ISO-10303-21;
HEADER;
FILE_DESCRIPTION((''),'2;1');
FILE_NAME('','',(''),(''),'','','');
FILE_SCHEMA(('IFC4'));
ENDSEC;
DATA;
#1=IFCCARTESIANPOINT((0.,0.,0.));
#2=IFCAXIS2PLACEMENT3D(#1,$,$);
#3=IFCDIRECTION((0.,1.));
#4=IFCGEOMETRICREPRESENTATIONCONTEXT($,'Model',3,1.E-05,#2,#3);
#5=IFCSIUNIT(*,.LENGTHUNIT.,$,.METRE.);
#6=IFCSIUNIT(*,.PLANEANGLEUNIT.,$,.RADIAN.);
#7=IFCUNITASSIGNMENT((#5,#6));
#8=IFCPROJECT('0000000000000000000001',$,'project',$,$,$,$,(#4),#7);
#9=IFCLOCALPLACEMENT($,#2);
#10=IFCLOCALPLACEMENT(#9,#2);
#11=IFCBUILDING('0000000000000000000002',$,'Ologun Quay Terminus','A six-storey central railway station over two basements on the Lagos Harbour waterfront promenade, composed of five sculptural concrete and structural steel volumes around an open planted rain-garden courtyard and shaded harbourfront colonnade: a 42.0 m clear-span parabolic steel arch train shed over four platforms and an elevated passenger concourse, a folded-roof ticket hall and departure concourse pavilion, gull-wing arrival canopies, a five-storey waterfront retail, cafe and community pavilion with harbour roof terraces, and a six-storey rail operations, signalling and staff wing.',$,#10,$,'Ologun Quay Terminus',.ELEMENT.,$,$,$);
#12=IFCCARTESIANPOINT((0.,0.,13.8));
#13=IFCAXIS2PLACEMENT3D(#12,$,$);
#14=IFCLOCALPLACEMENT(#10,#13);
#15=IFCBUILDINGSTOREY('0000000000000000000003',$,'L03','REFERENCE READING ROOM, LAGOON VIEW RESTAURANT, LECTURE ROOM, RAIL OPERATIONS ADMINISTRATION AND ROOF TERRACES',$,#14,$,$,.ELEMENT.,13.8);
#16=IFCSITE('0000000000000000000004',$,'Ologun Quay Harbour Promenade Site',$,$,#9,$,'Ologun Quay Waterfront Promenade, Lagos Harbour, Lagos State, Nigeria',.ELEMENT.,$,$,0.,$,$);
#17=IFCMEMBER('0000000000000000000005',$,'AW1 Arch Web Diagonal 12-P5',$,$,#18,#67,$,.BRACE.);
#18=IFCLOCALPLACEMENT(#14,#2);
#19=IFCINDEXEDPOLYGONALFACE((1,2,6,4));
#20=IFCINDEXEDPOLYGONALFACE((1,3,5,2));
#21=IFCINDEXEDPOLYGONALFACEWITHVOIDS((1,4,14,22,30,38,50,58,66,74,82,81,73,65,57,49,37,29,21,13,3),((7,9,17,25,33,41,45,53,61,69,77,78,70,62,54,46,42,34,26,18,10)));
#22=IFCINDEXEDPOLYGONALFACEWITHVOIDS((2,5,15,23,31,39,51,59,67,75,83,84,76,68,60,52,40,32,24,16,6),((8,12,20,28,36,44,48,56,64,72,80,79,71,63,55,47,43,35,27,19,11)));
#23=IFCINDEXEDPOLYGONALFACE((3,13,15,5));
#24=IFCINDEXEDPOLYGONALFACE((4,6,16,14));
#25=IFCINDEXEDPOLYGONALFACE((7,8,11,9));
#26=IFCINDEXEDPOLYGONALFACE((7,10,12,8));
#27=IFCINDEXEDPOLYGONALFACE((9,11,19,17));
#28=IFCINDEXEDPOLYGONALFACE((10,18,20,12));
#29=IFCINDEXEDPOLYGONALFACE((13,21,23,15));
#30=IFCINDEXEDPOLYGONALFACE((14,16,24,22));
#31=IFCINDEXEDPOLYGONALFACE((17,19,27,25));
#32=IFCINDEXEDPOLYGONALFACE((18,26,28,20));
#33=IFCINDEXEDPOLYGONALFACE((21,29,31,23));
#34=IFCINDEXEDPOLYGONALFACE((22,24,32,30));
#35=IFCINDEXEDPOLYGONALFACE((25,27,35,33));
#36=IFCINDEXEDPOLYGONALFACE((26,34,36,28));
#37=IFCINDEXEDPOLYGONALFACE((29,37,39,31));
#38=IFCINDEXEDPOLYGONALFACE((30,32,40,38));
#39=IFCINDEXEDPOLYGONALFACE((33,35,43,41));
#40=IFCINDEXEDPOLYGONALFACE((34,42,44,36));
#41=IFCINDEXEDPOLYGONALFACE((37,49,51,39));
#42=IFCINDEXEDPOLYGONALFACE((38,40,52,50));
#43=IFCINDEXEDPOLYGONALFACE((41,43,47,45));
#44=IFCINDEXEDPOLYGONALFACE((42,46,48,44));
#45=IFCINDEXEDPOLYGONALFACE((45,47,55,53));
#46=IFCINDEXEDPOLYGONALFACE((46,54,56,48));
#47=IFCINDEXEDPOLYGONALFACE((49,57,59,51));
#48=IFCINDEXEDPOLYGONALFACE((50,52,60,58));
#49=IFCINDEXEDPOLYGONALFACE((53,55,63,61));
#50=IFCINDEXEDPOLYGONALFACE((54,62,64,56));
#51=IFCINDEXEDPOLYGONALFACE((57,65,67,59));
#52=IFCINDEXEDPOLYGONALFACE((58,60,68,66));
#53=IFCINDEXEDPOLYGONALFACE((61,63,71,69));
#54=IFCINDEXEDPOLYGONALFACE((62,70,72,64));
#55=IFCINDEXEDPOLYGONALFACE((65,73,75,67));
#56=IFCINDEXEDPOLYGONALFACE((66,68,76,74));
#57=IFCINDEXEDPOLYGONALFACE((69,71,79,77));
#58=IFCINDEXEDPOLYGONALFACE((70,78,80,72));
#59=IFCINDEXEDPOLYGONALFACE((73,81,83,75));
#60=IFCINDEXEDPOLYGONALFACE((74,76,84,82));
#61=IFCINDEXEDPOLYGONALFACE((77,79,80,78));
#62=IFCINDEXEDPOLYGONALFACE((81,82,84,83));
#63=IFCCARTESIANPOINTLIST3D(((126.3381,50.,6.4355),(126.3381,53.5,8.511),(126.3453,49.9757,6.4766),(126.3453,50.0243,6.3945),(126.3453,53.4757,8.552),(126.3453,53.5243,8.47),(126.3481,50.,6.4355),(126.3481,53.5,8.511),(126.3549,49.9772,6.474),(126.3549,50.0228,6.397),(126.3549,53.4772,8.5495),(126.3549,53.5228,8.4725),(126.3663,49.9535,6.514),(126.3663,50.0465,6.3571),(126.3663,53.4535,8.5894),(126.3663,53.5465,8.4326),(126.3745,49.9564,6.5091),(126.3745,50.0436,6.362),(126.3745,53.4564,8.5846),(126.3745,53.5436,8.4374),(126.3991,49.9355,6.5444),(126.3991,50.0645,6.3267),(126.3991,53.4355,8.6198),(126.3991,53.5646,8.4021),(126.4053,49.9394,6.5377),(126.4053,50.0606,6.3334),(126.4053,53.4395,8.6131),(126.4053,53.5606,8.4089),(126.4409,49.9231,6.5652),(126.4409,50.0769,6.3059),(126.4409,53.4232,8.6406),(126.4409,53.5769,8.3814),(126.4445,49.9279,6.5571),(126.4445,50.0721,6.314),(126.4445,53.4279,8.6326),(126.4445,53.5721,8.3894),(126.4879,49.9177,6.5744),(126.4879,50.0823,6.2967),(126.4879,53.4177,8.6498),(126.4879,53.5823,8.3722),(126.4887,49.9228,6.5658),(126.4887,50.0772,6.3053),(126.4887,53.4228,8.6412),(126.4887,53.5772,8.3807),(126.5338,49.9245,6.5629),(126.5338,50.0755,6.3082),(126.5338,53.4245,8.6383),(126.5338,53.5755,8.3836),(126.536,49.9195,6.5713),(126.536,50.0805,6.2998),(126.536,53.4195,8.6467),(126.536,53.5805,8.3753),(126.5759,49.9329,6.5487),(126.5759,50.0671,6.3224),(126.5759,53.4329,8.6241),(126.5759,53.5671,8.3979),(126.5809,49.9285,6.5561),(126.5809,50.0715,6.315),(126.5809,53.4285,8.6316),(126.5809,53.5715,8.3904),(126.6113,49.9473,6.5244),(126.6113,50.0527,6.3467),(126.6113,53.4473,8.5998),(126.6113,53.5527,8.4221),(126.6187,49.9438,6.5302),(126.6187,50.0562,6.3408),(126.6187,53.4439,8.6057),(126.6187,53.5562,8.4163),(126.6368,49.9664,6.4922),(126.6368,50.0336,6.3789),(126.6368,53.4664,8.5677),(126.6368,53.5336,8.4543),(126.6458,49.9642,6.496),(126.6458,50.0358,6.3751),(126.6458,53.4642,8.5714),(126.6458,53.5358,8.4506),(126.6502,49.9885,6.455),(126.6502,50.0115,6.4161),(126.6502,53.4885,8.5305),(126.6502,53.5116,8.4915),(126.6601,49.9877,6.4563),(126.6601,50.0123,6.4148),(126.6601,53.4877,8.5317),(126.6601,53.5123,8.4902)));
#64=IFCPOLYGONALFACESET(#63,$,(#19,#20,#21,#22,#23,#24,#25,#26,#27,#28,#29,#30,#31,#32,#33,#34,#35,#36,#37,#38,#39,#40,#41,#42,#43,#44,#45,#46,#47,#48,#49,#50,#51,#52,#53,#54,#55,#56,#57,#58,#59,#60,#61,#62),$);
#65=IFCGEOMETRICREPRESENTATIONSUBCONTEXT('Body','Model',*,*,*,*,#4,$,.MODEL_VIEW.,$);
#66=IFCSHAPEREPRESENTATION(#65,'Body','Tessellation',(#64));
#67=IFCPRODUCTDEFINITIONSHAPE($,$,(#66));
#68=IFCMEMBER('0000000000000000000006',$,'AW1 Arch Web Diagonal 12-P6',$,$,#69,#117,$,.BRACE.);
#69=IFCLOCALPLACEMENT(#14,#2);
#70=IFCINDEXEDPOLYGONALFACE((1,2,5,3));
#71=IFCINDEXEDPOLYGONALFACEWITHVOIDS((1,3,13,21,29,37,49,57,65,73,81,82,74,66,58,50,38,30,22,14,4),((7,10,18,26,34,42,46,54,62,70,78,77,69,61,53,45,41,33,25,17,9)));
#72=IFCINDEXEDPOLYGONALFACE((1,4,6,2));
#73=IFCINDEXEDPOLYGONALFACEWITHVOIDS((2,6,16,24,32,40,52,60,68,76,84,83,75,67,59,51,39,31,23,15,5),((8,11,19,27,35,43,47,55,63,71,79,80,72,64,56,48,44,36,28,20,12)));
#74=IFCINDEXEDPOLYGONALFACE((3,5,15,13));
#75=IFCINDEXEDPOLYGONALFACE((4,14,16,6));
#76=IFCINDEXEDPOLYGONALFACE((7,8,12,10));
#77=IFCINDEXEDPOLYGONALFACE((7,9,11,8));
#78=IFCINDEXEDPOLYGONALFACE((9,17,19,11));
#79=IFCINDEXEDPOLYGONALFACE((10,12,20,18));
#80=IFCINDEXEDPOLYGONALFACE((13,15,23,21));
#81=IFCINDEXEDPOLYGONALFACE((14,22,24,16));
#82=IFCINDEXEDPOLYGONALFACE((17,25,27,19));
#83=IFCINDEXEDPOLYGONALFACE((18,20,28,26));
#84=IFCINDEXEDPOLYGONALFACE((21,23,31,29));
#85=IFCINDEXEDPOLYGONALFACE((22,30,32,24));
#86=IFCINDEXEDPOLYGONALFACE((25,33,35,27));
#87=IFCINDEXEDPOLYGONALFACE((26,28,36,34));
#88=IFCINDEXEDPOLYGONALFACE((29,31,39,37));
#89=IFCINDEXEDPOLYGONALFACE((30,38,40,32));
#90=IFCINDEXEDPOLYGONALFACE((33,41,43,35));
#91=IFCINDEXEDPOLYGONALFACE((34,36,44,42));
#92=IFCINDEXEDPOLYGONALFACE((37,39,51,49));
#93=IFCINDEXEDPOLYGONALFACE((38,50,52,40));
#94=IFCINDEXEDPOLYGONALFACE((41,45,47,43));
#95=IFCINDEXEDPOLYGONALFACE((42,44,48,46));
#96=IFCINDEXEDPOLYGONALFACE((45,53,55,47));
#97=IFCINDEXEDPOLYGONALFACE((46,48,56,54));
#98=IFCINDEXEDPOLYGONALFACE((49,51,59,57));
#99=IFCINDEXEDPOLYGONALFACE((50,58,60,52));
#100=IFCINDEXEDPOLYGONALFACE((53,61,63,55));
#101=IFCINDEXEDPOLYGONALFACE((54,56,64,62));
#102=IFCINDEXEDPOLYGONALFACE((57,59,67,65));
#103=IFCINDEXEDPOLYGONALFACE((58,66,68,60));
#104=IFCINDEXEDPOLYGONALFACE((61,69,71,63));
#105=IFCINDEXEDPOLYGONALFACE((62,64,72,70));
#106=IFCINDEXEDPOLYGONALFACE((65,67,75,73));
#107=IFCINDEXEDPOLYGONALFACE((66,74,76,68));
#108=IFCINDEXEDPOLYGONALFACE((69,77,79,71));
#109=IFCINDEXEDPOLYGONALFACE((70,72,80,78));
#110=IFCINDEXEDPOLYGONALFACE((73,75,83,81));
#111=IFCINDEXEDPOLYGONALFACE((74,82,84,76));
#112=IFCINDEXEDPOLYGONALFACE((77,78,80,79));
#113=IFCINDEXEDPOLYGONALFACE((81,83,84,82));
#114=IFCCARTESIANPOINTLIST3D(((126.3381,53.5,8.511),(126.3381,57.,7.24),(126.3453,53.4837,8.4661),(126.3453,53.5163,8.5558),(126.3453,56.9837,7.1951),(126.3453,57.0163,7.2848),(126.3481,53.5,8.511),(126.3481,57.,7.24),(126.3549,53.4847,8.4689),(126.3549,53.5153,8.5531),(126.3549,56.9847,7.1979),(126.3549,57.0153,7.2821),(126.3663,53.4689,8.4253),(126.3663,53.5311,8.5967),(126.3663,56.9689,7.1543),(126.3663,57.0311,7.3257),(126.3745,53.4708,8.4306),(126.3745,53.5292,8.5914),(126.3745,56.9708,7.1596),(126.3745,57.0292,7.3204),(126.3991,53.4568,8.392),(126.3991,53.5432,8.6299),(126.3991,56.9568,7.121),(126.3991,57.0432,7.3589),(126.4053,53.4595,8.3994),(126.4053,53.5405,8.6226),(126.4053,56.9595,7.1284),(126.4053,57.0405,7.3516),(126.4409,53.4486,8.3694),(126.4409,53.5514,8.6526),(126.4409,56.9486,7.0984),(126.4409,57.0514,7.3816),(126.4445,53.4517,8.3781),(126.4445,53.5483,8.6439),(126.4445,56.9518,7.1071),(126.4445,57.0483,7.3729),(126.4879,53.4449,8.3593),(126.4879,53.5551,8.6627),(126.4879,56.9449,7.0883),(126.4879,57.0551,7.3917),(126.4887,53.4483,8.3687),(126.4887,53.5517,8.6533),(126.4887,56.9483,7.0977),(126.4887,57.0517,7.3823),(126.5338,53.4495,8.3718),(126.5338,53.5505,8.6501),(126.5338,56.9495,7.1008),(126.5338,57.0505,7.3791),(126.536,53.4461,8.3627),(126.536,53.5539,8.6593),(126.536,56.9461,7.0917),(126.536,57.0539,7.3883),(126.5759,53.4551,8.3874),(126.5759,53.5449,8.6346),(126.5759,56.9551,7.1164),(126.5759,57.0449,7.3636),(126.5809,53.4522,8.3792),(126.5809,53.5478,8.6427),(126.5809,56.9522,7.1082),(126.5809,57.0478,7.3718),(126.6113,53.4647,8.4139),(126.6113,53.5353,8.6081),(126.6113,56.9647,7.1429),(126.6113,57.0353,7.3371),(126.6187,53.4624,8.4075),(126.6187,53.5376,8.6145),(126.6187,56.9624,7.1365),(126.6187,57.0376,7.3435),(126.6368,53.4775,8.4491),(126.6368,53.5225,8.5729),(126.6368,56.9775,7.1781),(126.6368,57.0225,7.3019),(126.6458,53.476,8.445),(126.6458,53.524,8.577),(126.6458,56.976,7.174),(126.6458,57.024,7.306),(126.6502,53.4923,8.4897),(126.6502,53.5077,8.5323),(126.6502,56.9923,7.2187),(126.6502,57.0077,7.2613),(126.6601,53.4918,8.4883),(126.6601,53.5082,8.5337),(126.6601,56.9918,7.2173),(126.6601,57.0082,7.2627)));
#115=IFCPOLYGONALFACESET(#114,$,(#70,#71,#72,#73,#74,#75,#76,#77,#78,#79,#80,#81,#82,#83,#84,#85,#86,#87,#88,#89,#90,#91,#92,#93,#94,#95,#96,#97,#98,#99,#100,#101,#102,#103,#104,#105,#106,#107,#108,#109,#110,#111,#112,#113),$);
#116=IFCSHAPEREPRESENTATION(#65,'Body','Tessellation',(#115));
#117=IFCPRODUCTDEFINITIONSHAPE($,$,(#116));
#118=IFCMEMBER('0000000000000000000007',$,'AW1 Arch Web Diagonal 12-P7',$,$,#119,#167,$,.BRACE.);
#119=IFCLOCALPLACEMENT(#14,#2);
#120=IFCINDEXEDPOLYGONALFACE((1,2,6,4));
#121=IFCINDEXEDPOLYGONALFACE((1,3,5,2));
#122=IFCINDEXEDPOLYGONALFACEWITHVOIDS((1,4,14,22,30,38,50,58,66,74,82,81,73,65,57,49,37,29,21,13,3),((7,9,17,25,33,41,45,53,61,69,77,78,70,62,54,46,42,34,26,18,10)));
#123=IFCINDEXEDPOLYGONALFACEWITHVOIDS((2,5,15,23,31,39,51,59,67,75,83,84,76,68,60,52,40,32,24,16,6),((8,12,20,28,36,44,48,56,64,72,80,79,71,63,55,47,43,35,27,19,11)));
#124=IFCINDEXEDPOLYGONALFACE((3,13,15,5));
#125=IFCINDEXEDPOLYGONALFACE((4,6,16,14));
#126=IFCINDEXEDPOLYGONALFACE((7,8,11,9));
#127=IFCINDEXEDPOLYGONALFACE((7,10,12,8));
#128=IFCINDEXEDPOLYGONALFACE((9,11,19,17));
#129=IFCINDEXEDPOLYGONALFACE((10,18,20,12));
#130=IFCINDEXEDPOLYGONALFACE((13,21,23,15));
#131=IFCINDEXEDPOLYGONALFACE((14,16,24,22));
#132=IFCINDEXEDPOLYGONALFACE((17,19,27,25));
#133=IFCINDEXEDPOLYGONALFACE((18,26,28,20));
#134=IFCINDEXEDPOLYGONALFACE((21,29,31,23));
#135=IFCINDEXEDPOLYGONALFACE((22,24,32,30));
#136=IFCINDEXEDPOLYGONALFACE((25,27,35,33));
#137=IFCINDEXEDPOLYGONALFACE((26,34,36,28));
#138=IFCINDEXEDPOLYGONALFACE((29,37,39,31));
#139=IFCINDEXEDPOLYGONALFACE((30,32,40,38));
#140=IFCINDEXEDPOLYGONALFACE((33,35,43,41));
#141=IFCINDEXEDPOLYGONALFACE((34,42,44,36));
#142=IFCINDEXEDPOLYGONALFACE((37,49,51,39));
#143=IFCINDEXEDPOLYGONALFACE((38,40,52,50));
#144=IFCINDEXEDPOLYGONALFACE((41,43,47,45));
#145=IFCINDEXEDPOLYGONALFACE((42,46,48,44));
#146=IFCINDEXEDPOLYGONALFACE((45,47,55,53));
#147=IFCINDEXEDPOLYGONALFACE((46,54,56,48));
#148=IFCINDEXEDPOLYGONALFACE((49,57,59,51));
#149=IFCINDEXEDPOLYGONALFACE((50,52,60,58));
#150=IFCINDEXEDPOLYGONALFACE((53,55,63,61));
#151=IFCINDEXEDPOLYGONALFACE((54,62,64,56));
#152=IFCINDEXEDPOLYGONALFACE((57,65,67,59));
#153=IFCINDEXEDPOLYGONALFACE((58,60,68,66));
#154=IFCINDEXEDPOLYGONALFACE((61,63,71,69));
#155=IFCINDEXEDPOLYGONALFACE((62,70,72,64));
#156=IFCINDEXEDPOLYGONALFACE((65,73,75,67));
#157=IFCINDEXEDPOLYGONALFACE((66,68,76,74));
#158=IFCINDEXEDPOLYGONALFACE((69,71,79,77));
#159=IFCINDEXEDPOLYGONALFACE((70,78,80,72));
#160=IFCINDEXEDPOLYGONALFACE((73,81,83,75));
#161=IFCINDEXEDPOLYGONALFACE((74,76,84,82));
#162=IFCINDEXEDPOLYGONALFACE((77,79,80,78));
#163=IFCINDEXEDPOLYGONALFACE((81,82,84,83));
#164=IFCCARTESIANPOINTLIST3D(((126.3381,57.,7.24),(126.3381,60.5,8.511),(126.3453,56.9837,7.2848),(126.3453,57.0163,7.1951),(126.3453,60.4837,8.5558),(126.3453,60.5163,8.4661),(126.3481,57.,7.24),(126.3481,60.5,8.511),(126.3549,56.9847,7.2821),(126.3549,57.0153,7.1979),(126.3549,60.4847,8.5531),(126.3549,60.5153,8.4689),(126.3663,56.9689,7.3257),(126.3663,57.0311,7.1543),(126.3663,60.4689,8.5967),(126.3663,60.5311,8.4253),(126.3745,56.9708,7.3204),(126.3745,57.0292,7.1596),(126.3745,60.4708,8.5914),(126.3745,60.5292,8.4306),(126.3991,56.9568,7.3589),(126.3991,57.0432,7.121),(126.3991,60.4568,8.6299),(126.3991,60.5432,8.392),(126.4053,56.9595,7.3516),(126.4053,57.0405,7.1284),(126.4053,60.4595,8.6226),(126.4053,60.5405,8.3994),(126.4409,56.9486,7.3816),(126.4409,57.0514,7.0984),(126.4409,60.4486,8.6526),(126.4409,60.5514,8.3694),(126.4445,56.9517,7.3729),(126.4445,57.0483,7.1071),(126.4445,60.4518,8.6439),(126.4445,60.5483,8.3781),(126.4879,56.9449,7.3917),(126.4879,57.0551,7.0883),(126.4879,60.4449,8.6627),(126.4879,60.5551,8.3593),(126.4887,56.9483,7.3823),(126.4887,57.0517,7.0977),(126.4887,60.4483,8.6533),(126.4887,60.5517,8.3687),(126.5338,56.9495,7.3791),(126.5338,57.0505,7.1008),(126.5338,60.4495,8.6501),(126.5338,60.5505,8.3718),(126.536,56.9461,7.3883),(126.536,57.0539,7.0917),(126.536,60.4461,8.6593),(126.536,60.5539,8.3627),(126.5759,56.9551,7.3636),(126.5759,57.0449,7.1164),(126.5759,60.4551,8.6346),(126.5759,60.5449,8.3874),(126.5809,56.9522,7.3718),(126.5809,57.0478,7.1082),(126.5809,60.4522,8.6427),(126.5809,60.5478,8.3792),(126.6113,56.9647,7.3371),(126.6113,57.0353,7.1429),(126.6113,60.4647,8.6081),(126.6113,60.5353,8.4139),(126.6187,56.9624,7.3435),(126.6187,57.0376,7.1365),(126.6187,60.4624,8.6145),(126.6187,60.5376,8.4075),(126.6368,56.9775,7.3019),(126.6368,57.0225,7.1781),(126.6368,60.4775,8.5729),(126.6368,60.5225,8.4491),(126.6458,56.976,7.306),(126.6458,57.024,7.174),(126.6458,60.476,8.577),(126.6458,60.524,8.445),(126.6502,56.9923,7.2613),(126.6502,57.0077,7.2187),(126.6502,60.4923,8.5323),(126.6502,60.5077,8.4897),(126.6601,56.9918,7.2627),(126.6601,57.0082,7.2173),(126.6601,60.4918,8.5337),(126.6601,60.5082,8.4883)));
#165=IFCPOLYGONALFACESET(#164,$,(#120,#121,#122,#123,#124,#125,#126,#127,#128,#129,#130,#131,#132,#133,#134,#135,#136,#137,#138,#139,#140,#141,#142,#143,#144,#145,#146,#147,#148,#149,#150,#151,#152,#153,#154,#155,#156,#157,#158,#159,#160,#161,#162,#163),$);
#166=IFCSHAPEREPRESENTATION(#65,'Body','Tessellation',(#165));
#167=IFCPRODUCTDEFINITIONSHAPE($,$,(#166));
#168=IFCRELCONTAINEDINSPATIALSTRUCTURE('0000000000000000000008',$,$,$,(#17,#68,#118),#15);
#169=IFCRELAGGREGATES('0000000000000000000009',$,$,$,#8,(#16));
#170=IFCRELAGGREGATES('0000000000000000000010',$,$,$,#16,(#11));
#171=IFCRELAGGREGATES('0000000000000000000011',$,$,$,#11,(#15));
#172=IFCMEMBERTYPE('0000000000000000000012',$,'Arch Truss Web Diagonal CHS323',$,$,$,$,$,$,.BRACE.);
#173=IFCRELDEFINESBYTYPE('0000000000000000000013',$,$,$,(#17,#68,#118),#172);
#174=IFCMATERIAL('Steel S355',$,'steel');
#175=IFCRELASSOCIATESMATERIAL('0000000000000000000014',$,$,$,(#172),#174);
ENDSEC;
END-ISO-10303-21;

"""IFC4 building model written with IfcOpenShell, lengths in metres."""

from ifc_helpers import new_model, si_unit, direction, frame, origin, origin_2d, place, context, subcontext, project, spatial, hollow_circle, extrude, material, material_profile, profile_set, type_object, element, save


model = new_model("IFC4")

# Units and contexts
model_context = context("Model", 3, precision=1e-05, world=origin(), true_north=direction((0.0, 1.0)))
body_context = subcontext(model_context, "Body", "Model", "MODEL_VIEW")
ifc_project = project(units=[si_unit("LENGTHUNIT", "METRE"), si_unit("PLANEANGLEUNIT", "RADIAN")], contexts=[model_context])

# Site, building, storey
site_placement = place(None, origin())
site = spatial("IfcSite", under=ifc_project, at=site_placement, Name="Ologun Quay Harbour Promenade Site", LongName="Ologun Quay Waterfront Promenade, Lagos Harbour, Lagos State, Nigeria", CompositionType="ELEMENT", RefElevation=0.0)
building_placement = place(site_placement, origin())
building = spatial("IfcBuilding", under=site, at=building_placement, Name="Ologun Quay Terminus", Description="A six-storey central railway station over two basements on the Lagos Harbour waterfront promenade, composed of five sculptural concrete and structural steel volumes around an open planted rain-garden courtyard and shaded harbourfront colonnade: a 42.0 m clear-span parabolic steel arch train shed over four platforms and an elevated passenger concourse, a folded-roof ticket hall and departure concourse pavilion, gull-wing arrival canopies, a five-storey waterfront retail, cafe and community pavilion with harbour roof terraces, and a six-storey rail operations, signalling and staff wing.", LongName="Ologun Quay Terminus", CompositionType="ELEMENT")
storey_placement = place(building_placement, frame((0.0, 0.0, 13.8)))
storey = spatial("IfcBuildingStorey", under=building, at=storey_placement, Name="L03", Description="REFERENCE READING ROOM, LAGOON VIEW RESTAURANT, LECTURE ROOM, RAIL OPERATIONS ADMINISTRATION AND ROOF TERRACES", CompositionType="ELEMENT", Elevation=13.8)

# Members
ifc_material_1 = material(Name="Steel S355", Category="steel")
ifc_material_profile_1 = material_profile(ifc_material_1, hollow_circle(Radius=0.1619, WallThickness=0.01, at=origin_2d()), Name="CHS 323.9x10")
ifc_profile_set_1 = profile_set([ifc_material_profile_1], Name="Steel S355")
member_type_1 = type_object("IfcMemberType", Name="Arch Truss Web Diagonal CHS323", PredefinedType="BRACE", material=ifc_profile_set_1)
member_1_placement = place(storey_placement, frame((126.5, 50.0, 6.4355), z_axis=(0.0, 0.860144, 0.510051), x_axis=(-1.0, 0.0, 0.0)))
element("IfcMember", 1, at=member_1_placement, inside=storey, type_object=member_type_1, Name="AW1 Arch Web Diagonal 12-P5", PredefinedType="BRACE", context=body_context, shape_type="SweptSolid", body=[
    extrude(hollow_circle(Radius=0.1619, WallThickness=0.01, at=origin_2d()), origin(), (0.0, 0.0, 1.0), 4.0691),
])
for number, where, z_axis, x_axis, name in (
    (2, (126.5, 53.5, 8.511), (0.0, 0.939943, -0.341332), (-1.0, 0.0, 0.0), "AW1 Arch Web Diagonal 12-P6"),
    (3, (126.5, 57.0, 7.24), (0.0, 0.939943, 0.341332), (-1.0, 0.0, 0.0), "AW1 Arch Web Diagonal 12-P7"),
):
    element("IfcMember", number, at=place(storey_placement, frame(where, z_axis=z_axis, x_axis=x_axis)), inside=storey, type_object=member_type_1, Name=name, PredefinedType="BRACE", context=body_context, shape_type="SweptSolid", body=[
        extrude(hollow_circle(Radius=0.1619, WallThickness=0.01, at=origin_2d()), origin(), (0.0, 0.0, 1.0), 3.7236),
    ])

save(model, "model.ifc")
